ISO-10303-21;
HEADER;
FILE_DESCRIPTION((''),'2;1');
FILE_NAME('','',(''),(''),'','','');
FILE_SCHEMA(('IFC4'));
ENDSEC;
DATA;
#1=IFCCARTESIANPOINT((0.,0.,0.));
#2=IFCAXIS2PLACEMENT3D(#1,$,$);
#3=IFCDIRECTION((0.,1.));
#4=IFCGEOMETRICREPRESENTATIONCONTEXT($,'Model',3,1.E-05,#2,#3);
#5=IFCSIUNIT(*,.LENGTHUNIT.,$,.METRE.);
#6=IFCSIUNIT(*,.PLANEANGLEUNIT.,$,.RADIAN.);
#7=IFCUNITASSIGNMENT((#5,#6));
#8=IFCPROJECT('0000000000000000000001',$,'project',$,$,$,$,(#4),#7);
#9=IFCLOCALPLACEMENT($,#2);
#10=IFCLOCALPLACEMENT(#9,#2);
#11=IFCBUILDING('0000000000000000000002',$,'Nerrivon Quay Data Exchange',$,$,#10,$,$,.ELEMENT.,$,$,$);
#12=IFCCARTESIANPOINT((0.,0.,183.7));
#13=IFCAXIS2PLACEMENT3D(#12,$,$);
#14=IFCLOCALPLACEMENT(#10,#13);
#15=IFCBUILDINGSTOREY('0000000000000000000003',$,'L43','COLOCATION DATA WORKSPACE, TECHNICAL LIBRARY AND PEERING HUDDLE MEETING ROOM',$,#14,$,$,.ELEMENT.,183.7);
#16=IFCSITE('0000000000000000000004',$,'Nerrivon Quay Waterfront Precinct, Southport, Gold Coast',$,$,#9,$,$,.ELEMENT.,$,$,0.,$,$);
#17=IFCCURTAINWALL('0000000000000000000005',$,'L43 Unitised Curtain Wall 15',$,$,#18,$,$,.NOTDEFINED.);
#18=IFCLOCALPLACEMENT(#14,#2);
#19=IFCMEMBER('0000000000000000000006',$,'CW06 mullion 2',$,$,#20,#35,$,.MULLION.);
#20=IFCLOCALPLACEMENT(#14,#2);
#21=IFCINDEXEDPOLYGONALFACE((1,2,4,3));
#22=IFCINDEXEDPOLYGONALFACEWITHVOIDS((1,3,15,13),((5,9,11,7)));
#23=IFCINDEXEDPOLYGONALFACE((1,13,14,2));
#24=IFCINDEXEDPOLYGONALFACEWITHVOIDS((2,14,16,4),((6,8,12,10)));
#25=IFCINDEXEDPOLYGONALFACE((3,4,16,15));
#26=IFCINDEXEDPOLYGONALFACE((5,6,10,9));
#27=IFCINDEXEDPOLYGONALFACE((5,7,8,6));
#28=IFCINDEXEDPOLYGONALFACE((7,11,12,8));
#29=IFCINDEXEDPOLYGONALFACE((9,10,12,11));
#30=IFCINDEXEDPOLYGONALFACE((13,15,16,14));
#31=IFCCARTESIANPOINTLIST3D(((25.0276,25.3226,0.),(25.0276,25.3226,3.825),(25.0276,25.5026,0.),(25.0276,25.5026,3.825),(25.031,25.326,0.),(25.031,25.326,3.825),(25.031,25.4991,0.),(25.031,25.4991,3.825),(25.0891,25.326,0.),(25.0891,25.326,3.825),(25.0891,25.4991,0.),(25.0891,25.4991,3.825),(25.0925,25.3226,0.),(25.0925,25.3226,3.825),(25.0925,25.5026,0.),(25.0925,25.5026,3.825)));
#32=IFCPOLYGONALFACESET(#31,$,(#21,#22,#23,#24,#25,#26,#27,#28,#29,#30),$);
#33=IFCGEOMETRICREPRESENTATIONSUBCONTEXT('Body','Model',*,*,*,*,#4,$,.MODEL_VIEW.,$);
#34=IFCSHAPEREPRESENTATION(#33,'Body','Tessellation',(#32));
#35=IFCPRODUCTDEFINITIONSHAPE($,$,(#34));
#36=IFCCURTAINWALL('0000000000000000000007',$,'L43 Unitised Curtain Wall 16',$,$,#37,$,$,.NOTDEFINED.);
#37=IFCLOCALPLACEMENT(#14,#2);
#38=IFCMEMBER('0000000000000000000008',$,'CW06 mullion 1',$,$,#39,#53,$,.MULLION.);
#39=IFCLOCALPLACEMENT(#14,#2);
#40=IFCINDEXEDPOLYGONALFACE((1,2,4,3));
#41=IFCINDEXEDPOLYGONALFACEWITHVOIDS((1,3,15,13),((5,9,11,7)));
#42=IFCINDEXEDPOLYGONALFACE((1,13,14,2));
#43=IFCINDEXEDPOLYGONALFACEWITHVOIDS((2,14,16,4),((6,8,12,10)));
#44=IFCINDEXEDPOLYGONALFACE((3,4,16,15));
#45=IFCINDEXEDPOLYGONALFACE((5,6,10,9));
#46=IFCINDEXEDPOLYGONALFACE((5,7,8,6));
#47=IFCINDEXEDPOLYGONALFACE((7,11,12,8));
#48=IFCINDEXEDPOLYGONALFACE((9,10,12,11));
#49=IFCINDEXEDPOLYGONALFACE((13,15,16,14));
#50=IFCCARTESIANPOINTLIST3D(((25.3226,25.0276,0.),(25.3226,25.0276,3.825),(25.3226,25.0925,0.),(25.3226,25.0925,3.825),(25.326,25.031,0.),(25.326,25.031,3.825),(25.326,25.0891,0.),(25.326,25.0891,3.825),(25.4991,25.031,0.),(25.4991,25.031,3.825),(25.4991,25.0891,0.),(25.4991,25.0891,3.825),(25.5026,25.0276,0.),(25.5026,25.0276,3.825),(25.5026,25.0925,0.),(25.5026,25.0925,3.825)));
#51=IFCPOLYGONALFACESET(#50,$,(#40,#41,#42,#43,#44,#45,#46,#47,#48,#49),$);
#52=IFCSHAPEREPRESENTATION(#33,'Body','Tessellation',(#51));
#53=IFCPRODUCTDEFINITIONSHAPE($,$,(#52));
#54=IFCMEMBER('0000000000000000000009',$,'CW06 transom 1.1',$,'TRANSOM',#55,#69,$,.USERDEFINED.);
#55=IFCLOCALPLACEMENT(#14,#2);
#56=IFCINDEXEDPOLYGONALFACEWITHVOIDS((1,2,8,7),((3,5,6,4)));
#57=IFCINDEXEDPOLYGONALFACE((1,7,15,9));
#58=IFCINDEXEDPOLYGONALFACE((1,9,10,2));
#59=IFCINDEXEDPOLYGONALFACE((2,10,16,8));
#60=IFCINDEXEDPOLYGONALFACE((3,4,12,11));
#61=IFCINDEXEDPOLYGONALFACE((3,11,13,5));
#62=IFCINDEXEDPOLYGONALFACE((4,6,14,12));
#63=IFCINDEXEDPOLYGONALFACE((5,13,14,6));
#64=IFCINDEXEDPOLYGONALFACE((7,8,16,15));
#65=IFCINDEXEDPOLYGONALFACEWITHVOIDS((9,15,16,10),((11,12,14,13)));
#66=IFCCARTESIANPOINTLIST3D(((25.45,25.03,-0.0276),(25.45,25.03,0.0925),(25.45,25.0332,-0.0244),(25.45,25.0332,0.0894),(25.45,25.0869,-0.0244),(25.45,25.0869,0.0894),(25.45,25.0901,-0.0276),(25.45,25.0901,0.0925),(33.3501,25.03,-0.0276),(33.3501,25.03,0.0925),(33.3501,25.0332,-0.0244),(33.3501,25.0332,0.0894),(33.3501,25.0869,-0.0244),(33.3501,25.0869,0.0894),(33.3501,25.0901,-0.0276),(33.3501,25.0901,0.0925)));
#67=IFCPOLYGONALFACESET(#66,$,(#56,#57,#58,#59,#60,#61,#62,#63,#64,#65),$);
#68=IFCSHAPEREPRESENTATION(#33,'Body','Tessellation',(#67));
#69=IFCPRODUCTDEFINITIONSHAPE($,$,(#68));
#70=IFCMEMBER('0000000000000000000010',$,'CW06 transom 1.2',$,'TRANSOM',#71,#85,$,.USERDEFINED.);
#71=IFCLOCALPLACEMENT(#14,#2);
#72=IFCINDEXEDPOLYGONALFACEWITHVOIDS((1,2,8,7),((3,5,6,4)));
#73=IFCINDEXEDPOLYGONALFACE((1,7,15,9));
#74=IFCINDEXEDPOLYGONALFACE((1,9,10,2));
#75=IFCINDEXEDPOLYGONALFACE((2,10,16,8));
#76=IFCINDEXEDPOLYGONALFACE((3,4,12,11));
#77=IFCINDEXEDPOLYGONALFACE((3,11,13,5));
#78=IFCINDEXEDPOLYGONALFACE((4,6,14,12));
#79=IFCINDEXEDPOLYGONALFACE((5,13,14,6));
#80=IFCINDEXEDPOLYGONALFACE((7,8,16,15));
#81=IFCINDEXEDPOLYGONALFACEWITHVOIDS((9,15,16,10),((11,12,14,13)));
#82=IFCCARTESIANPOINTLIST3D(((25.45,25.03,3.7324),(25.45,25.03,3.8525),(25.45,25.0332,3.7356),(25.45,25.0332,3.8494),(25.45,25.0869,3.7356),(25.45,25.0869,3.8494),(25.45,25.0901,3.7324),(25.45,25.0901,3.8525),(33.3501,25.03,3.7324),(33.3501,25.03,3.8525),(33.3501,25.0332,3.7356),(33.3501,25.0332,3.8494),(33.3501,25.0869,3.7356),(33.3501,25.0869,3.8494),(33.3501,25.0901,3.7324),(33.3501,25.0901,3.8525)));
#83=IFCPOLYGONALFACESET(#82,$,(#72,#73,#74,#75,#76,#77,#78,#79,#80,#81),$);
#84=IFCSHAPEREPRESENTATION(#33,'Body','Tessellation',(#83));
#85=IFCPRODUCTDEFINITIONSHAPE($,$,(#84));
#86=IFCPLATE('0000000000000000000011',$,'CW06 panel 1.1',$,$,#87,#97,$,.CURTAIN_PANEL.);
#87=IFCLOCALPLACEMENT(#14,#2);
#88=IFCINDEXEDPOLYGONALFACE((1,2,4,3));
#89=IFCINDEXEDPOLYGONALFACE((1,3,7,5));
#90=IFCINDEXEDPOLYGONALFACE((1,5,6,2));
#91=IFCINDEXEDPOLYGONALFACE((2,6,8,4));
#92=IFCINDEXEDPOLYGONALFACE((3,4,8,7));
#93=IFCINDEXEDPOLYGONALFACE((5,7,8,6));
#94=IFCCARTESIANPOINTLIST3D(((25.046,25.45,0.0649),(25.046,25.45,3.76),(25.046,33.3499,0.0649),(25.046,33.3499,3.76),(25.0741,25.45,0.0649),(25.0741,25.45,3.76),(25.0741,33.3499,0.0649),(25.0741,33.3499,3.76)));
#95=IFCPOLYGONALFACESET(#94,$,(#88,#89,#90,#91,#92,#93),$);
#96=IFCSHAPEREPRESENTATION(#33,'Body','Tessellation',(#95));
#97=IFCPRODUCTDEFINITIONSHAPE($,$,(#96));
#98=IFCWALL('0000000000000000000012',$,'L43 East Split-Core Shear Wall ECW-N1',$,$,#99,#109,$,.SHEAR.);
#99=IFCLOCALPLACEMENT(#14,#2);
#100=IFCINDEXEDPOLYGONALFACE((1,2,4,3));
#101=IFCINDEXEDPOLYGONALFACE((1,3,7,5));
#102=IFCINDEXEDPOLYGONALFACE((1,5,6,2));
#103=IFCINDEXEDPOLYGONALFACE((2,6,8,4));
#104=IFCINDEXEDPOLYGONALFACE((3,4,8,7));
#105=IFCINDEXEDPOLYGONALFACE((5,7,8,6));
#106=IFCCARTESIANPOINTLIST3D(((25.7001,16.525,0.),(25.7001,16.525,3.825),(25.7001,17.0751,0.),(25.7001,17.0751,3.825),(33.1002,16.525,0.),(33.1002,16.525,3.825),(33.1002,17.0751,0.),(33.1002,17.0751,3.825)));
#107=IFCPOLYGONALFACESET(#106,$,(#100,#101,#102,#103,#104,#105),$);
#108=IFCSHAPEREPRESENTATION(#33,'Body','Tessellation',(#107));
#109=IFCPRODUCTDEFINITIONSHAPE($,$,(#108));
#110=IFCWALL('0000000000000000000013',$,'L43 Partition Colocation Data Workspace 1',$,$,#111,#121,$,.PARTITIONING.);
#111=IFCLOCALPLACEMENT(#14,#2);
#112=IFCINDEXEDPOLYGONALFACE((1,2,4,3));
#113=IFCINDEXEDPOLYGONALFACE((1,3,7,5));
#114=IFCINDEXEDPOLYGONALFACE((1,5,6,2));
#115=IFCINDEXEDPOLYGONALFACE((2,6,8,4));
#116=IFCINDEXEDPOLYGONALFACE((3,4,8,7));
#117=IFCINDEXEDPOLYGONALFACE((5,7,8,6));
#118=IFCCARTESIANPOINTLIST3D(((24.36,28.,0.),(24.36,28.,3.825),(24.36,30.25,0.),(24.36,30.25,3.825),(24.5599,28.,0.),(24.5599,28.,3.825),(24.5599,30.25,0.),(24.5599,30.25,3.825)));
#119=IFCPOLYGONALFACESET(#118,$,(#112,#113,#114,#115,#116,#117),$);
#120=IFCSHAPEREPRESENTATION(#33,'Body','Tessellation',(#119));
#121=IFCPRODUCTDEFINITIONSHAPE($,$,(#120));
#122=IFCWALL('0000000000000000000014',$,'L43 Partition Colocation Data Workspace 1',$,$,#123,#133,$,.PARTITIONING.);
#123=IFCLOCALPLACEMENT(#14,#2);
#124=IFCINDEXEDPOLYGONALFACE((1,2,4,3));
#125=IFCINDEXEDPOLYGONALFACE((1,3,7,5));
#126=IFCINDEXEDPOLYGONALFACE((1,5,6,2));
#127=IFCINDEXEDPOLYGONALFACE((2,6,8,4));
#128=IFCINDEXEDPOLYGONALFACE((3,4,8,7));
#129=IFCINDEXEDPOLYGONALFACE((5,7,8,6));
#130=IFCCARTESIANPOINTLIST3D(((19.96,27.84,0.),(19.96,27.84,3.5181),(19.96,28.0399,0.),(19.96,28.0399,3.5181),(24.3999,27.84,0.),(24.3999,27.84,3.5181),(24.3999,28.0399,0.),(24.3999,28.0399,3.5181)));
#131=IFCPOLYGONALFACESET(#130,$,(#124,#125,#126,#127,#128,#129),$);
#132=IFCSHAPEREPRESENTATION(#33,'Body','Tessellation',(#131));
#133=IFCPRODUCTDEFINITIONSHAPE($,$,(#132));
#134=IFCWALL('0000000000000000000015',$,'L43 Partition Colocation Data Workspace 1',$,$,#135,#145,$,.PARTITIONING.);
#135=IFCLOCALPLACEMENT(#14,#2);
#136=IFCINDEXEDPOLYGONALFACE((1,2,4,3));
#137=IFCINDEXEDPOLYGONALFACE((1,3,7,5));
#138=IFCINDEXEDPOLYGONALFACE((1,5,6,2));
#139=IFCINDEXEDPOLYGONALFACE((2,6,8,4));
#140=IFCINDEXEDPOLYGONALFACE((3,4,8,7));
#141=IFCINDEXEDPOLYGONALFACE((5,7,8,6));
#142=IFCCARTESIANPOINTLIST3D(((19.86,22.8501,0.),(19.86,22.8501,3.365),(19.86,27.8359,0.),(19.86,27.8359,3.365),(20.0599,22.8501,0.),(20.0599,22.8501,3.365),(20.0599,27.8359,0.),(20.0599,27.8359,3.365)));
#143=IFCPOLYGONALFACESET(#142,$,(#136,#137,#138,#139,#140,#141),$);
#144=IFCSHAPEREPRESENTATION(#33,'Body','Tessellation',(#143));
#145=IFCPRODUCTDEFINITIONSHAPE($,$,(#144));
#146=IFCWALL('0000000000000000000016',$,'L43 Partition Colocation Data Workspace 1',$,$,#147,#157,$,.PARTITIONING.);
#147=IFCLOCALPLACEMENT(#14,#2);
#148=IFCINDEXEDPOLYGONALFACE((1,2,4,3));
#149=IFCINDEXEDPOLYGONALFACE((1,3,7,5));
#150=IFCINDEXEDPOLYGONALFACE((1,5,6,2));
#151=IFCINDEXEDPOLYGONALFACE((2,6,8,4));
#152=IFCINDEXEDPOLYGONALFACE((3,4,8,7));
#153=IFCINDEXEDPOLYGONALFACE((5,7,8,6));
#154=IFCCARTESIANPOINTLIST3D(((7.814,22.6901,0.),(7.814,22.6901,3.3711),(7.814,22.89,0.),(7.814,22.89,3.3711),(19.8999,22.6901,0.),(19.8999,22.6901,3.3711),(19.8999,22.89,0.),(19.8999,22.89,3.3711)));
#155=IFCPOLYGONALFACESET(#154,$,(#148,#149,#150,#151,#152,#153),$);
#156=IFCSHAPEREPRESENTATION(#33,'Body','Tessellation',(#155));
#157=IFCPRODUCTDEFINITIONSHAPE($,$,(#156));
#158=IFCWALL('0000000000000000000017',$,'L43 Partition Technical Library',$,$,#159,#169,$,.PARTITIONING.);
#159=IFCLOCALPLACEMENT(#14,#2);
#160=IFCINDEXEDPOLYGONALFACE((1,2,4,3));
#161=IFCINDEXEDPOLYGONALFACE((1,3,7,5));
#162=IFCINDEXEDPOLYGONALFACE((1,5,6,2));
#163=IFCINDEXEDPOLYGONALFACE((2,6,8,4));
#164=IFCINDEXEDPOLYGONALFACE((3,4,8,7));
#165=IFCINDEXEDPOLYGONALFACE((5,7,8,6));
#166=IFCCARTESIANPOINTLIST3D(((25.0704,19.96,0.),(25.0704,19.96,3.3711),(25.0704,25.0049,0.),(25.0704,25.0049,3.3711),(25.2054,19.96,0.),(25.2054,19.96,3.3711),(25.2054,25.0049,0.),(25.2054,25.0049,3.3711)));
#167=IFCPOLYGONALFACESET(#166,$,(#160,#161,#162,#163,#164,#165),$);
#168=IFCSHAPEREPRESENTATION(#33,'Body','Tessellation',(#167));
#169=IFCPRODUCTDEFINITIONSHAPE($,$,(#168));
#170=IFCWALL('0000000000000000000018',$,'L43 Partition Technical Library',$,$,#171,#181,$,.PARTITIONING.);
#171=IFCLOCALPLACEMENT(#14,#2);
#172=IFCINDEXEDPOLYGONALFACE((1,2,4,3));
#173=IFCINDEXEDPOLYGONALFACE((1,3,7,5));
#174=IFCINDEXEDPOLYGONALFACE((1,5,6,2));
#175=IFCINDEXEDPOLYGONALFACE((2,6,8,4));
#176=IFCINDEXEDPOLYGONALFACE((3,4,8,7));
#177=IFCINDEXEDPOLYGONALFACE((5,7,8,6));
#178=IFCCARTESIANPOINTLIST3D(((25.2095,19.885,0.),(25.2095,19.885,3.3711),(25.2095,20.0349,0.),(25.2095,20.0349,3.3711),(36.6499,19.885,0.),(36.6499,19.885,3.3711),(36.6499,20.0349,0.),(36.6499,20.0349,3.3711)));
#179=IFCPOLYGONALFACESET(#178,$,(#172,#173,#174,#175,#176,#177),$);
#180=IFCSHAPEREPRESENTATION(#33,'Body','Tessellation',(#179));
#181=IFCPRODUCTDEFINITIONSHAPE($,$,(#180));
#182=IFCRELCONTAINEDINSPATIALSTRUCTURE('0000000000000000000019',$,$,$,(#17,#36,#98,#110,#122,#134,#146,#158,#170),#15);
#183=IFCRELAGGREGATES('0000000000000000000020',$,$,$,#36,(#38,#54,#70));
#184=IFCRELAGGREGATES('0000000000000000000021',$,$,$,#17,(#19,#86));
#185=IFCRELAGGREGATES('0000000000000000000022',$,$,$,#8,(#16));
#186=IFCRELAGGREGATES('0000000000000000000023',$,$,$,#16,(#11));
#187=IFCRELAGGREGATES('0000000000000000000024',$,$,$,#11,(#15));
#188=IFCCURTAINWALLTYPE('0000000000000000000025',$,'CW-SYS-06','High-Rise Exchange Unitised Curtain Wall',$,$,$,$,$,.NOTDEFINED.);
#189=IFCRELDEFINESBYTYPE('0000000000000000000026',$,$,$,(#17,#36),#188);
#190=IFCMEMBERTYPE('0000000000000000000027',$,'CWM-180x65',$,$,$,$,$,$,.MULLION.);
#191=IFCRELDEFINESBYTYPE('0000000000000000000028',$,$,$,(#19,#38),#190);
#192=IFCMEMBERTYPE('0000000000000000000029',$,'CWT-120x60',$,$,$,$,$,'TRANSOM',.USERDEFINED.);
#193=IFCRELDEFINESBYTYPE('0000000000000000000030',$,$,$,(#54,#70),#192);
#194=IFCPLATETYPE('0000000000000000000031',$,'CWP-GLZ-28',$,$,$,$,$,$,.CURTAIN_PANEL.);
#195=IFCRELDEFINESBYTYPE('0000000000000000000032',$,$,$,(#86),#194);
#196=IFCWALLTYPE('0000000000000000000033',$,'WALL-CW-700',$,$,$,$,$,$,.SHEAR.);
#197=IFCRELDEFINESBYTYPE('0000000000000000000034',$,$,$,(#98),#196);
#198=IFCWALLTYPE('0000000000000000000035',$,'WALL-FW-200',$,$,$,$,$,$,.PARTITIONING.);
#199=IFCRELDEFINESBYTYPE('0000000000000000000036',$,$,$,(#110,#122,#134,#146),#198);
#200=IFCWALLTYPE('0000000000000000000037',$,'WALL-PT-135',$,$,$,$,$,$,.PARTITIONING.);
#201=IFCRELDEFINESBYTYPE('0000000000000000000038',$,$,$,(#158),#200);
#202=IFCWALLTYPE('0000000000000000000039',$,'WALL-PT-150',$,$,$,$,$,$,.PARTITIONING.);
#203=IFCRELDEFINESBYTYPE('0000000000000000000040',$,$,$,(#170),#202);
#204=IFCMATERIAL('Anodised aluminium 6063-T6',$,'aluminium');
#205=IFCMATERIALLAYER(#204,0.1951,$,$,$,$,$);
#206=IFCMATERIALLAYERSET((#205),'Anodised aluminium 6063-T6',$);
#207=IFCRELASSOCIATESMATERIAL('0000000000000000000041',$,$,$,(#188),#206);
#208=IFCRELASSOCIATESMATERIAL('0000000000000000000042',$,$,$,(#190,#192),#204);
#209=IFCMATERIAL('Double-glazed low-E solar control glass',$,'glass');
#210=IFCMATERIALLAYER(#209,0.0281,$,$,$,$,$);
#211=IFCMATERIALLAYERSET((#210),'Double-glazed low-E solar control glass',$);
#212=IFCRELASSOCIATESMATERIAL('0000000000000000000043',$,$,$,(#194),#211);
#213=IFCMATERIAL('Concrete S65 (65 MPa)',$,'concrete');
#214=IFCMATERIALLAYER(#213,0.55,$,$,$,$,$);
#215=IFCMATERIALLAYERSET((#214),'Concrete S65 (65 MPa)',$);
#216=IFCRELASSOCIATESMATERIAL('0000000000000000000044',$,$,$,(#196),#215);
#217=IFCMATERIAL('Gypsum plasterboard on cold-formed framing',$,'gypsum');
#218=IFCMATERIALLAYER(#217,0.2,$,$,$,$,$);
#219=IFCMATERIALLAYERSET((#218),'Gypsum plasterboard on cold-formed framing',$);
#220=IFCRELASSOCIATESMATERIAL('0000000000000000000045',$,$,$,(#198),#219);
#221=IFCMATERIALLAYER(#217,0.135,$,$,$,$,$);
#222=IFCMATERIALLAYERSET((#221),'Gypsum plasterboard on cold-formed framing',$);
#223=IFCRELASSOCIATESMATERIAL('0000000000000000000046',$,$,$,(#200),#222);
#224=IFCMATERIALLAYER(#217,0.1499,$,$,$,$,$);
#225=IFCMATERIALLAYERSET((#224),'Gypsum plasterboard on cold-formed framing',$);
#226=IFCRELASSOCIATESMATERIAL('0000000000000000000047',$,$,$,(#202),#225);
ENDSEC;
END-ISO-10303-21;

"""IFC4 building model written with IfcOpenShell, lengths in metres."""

from ifc_helpers import new_model, si_unit, direction, frame, frame_2d, origin, origin_2d, place, context, subcontext, project, spatial, rectangle, hollow_rectangle, extrude, material, layer, layer_set, material_profile, profile_set, type_object, element, aggregate, save


model = new_model("IFC4")

# Units and contexts
model_context = context("Model", 3, precision=1e-05, world=origin(), true_north=direction((0.0, 1.0)))
body_context = subcontext(model_context, "Body", "Model", "MODEL_VIEW")
ifc_project = project(units=[si_unit("LENGTHUNIT", "METRE"), si_unit("PLANEANGLEUNIT", "RADIAN")], contexts=[model_context])

# Site, building, storey
site_placement = place(None, origin())
site = spatial("IfcSite", under=ifc_project, at=site_placement, Name="Nerrivon Quay Waterfront Precinct, Southport, Gold Coast", CompositionType="ELEMENT", RefElevation=0.0)
building_placement = place(site_placement, origin())
building = spatial("IfcBuilding", under=site, at=building_placement, Name="Nerrivon Quay Data Exchange", CompositionType="ELEMENT")
storey_placement = place(building_placement, frame((0.0, 0.0, 183.7)))
storey = spatial("IfcBuildingStorey", under=building, at=storey_placement, Name="L43", Description="COLOCATION DATA WORKSPACE, TECHNICAL LIBRARY AND PEERING HUDDLE MEETING ROOM", CompositionType="ELEMENT", Elevation=183.7)

# Shared definitions
ifc_material_1 = material(Name="Concrete S65 (65 MPa)", Category="concrete")

# Curtain wall, member
ifc_material_2 = material(Name="Anodised aluminium 6063-T6", Category="aluminium")
ifc_layer_1 = layer(ifc_material_2, 0.1951)
ifc_layer_set_1 = layer_set([ifc_layer_1], Name="Anodised aluminium 6063-T6")
curtain_wall_type = type_object("IfcCurtainWallType", Name="CW-SYS-06", Description="High-Rise Exchange Unitised Curtain Wall", PredefinedType="NOTDEFINED", material=ifc_layer_set_1)
curtain_wall_1_placement = place(storey_placement, origin())
curtain_wall_1 = element("IfcCurtainWall", 1, at=curtain_wall_1_placement, inside=storey, type_object=curtain_wall_type, Name="L43 Unitised Curtain Wall 15", PredefinedType="NOTDEFINED")
ifc_material_profile_1 = material_profile(ifc_material_2, hollow_rectangle(XDim=0.0649, YDim=0.1799, WallThickness=0.0034, at=origin_2d()), Name="ALU-MULL-180x65")
ifc_profile_set_1 = profile_set([ifc_material_profile_1], Name="Anodised aluminium 6063-T6")
member_type_1 = type_object("IfcMemberType", Name="CWM-180x65", PredefinedType="MULLION", material=ifc_profile_set_1)
member_1_placement = place(storey_placement, frame((25.0601, 25.4126, 0.0), z_axis=(0.0, 0.0, 1.0), x_axis=(1.0, 0.0, 0.0)))
member_1 = element("IfcMember", 2, at=member_1_placement, type_object=member_type_1, Name="CW06 mullion 2", PredefinedType="MULLION", context=body_context, shape_type="SweptSolid", body=[
    extrude(hollow_rectangle(XDim=0.0649, YDim=0.1799, WallThickness=0.0034, at=origin_2d()), origin(), (0.0, 0.0, 1.0), 3.825),
])

# Curtain wall, members
curtain_wall_2_placement = place(storey_placement, origin())
curtain_wall_2 = element("IfcCurtainWall", 3, at=curtain_wall_2_placement, inside=storey, type_object=curtain_wall_type, Name="L43 Unitised Curtain Wall 16", PredefinedType="NOTDEFINED")
member_2_placement = place(storey_placement, frame((25.4126, 25.0601, 0.0), z_axis=(0.0, 0.0, 1.0), x_axis=(0.0, 1.0, 0.0)))
member_2 = element("IfcMember", 4, at=member_2_placement, type_object=member_type_1, Name="CW06 mullion 1", PredefinedType="MULLION", context=body_context, shape_type="SweptSolid", body=[
    extrude(hollow_rectangle(XDim=0.0649, YDim=0.1799, WallThickness=0.0034, at=origin_2d()), origin(), (0.0, 0.0, 1.0), 3.825),
])
ifc_material_profile_2 = material_profile(ifc_material_2, hollow_rectangle(XDim=0.0601, YDim=0.1201, WallThickness=0.0032, at=origin_2d()), Name="ALU-TRAN-120x60")
ifc_profile_set_2 = profile_set([ifc_material_profile_2], Name="Anodised aluminium 6063-T6")
member_type_2 = type_object("IfcMemberType", Name="CWT-120x60", ElementType="TRANSOM", PredefinedType="USERDEFINED", material=ifc_profile_set_2)
member_3_placement = place(storey_placement, frame((25.45, 25.0601, 0.0325), z_axis=(1.0, 0.0, 0.0), x_axis=(0.0, 1.0, 0.0)))
member_3 = element("IfcMember", 5, at=member_3_placement, type_object=member_type_2, Name="CW06 transom 1.1", ObjectType="TRANSOM", PredefinedType="USERDEFINED", context=body_context, shape_type="SweptSolid", body=[
    extrude(hollow_rectangle(XDim=0.0601, YDim=0.1201, WallThickness=0.0032, at=origin_2d()), origin(), (0.0, 0.0, 1.0), 7.9001),
])
member_4_placement = place(storey_placement, frame((25.45, 25.0601, 3.7925), z_axis=(1.0, 0.0, 0.0), x_axis=(0.0, 1.0, 0.0)))
member_4 = element("IfcMember", 6, at=member_4_placement, type_object=member_type_2, Name="CW06 transom 1.2", ObjectType="TRANSOM", PredefinedType="USERDEFINED", context=body_context, shape_type="SweptSolid", body=[
    extrude(hollow_rectangle(XDim=0.0601, YDim=0.1201, WallThickness=0.0032, at=origin_2d()), origin(), (0.0, 0.0, 1.0), 7.9001),
])
aggregate(curtain_wall_2, [member_2, member_3, member_4])

# Plate
ifc_material_3 = material(Name="Double-glazed low-E solar control glass", Category="glass")
ifc_layer_2 = layer(ifc_material_3, 0.0281)
ifc_layer_set_2 = layer_set([ifc_layer_2], Name="Double-glazed low-E solar control glass")
plate_type = type_object("IfcPlateType", Name="CWP-GLZ-28", PredefinedType="CURTAIN_PANEL", material=ifc_layer_set_2)
plate_placement = place(storey_placement, frame((25.0601, 29.3999, 0.0649), z_axis=(0.0, 0.0, 1.0), x_axis=(0.0, -1.0, 0.0)))
plate = element("IfcPlate", 7, at=plate_placement, type_object=plate_type, Name="CW06 panel 1.1", PredefinedType="CURTAIN_PANEL", context=body_context, shape_type="SweptSolid", body=[
    extrude(rectangle(XDim=7.8999, YDim=0.0281, at=origin_2d()), origin(), (0.0, 0.0, 1.0), 3.6951),
])
aggregate(curtain_wall_1, [member_1, plate])

# Walls
ifc_layer_3 = layer(ifc_material_1, 0.55)
ifc_layer_set_3 = layer_set([ifc_layer_3], Name="Concrete S65 (65 MPa)")
wall_type_1 = type_object("IfcWallType", Name="WALL-CW-700", PredefinedType="SHEAR", material=ifc_layer_set_3)
wall_1_placement = place(storey_placement, frame((25.7, 16.8, 0.0), z_axis=(0.0, 0.0, 1.0), x_axis=(1.0, 0.0, 0.0)))
element("IfcWall", 8, at=wall_1_placement, inside=storey, type_object=wall_type_1, Name="L43 East Split-Core Shear Wall ECW-N1", PredefinedType="SHEAR", context=body_context, shape_type="SweptSolid", body=[
    extrude(rectangle(XDim=7.4001, YDim=0.55, at=frame_2d((3.7002, 0.0))), origin(), (0.0, 0.0, 1.0), 3.825),
])
ifc_material_4 = material(Name="Gypsum plasterboard on cold-formed framing", Category="gypsum")
ifc_layer_4 = layer(ifc_material_4, 0.2)
ifc_layer_set_4 = layer_set([ifc_layer_4], Name="Gypsum plasterboard on cold-formed framing")
wall_type_2 = type_object("IfcWallType", Name="WALL-FW-200", PredefinedType="PARTITIONING", material=ifc_layer_set_4)
wall_2_placement = place(storey_placement, frame((24.46, 30.25, 0.0), z_axis=(0.0, 0.0, 1.0), x_axis=(0.0, -1.0, 0.0)))
element("IfcWall", 9, at=wall_2_placement, inside=storey, type_object=wall_type_2, Name="L43 Partition Colocation Data Workspace 1", PredefinedType="PARTITIONING", context=body_context, shape_type="SweptSolid", body=[
    extrude(rectangle(XDim=2.25, YDim=0.2, at=frame_2d((1.125, 0.0))), origin(), (0.0, 0.0, 1.0), 3.825),
])
wall_3_placement = place(storey_placement, frame((24.3999, 27.9399, 0.0), z_axis=(0.0, 0.0, 1.0), x_axis=(-1.0, 0.0, 0.0)))
element("IfcWall", 10, at=wall_3_placement, inside=storey, type_object=wall_type_2, Name="L43 Partition Colocation Data Workspace 1", PredefinedType="PARTITIONING", context=body_context, shape_type="SweptSolid", body=[
    extrude(rectangle(XDim=4.4399, YDim=0.2, at=frame_2d((2.22, 0.0))), origin(), (0.0, 0.0, 1.0), 3.5181),
])
wall_4_placement = place(storey_placement, frame((19.96, 27.8359, 0.0), z_axis=(0.0, 0.0, 1.0), x_axis=(0.0, -1.0, 0.0)))
element("IfcWall", 11, at=wall_4_placement, inside=storey, type_object=wall_type_2, Name="L43 Partition Colocation Data Workspace 1", PredefinedType="PARTITIONING", context=body_context, shape_type="SweptSolid", body=[
    extrude(rectangle(XDim=4.9858, YDim=0.2, at=frame_2d((2.4929, 0.0))), origin(), (0.0, 0.0, 1.0), 3.365),
])
wall_5_placement = place(storey_placement, frame((19.8999, 22.79, 0.0), z_axis=(0.0, 0.0, 1.0), x_axis=(-1.0, 0.0, 0.0)))
element("IfcWall", 12, at=wall_5_placement, inside=storey, type_object=wall_type_2, Name="L43 Partition Colocation Data Workspace 1", PredefinedType="PARTITIONING", context=body_context, shape_type="SweptSolid", body=[
    extrude(rectangle(XDim=12.0859, YDim=0.2, at=frame_2d((6.043, 0.0))), origin(), (0.0, 0.0, 1.0), 3.3711),
])
ifc_layer_5 = layer(ifc_material_4, 0.135)
ifc_layer_set_5 = layer_set([ifc_layer_5], Name="Gypsum plasterboard on cold-formed framing")
wall_type_3 = type_object("IfcWallType", Name="WALL-PT-135", PredefinedType="PARTITIONING", material=ifc_layer_set_5)
wall_6_placement = place(storey_placement, frame((25.1379, 25.0049, 0.0), z_axis=(0.0, 0.0, 1.0), x_axis=(0.0, -1.0, 0.0)))
element("IfcWall", 13, at=wall_6_placement, inside=storey, type_object=wall_type_3, Name="L43 Partition Technical Library", PredefinedType="PARTITIONING", context=body_context, shape_type="SweptSolid", body=[
    extrude(rectangle(XDim=5.0449, YDim=0.135, at=frame_2d((2.5225, 0.0))), origin(), (0.0, 0.0, 1.0), 3.3711),
])
ifc_layer_6 = layer(ifc_material_4, 0.1499)
ifc_layer_set_6 = layer_set([ifc_layer_6], Name="Gypsum plasterboard on cold-formed framing")
wall_type_4 = type_object("IfcWallType", Name="WALL-PT-150", PredefinedType="PARTITIONING", material=ifc_layer_set_6)
wall_7_placement = place(storey_placement, frame((25.2095, 19.96, 0.0), z_axis=(0.0, 0.0, 1.0), x_axis=(1.0, 0.0, 0.0)))
element("IfcWall", 14, at=wall_7_placement, inside=storey, type_object=wall_type_4, Name="L43 Partition Technical Library", PredefinedType="PARTITIONING", context=body_context, shape_type="SweptSolid", body=[
    extrude(rectangle(XDim=11.4404, YDim=0.1499, at=frame_2d((5.7202, 0.0))), origin(), (0.0, 0.0, 1.0), 3.3711),
])

save(model, "model.ifc")
